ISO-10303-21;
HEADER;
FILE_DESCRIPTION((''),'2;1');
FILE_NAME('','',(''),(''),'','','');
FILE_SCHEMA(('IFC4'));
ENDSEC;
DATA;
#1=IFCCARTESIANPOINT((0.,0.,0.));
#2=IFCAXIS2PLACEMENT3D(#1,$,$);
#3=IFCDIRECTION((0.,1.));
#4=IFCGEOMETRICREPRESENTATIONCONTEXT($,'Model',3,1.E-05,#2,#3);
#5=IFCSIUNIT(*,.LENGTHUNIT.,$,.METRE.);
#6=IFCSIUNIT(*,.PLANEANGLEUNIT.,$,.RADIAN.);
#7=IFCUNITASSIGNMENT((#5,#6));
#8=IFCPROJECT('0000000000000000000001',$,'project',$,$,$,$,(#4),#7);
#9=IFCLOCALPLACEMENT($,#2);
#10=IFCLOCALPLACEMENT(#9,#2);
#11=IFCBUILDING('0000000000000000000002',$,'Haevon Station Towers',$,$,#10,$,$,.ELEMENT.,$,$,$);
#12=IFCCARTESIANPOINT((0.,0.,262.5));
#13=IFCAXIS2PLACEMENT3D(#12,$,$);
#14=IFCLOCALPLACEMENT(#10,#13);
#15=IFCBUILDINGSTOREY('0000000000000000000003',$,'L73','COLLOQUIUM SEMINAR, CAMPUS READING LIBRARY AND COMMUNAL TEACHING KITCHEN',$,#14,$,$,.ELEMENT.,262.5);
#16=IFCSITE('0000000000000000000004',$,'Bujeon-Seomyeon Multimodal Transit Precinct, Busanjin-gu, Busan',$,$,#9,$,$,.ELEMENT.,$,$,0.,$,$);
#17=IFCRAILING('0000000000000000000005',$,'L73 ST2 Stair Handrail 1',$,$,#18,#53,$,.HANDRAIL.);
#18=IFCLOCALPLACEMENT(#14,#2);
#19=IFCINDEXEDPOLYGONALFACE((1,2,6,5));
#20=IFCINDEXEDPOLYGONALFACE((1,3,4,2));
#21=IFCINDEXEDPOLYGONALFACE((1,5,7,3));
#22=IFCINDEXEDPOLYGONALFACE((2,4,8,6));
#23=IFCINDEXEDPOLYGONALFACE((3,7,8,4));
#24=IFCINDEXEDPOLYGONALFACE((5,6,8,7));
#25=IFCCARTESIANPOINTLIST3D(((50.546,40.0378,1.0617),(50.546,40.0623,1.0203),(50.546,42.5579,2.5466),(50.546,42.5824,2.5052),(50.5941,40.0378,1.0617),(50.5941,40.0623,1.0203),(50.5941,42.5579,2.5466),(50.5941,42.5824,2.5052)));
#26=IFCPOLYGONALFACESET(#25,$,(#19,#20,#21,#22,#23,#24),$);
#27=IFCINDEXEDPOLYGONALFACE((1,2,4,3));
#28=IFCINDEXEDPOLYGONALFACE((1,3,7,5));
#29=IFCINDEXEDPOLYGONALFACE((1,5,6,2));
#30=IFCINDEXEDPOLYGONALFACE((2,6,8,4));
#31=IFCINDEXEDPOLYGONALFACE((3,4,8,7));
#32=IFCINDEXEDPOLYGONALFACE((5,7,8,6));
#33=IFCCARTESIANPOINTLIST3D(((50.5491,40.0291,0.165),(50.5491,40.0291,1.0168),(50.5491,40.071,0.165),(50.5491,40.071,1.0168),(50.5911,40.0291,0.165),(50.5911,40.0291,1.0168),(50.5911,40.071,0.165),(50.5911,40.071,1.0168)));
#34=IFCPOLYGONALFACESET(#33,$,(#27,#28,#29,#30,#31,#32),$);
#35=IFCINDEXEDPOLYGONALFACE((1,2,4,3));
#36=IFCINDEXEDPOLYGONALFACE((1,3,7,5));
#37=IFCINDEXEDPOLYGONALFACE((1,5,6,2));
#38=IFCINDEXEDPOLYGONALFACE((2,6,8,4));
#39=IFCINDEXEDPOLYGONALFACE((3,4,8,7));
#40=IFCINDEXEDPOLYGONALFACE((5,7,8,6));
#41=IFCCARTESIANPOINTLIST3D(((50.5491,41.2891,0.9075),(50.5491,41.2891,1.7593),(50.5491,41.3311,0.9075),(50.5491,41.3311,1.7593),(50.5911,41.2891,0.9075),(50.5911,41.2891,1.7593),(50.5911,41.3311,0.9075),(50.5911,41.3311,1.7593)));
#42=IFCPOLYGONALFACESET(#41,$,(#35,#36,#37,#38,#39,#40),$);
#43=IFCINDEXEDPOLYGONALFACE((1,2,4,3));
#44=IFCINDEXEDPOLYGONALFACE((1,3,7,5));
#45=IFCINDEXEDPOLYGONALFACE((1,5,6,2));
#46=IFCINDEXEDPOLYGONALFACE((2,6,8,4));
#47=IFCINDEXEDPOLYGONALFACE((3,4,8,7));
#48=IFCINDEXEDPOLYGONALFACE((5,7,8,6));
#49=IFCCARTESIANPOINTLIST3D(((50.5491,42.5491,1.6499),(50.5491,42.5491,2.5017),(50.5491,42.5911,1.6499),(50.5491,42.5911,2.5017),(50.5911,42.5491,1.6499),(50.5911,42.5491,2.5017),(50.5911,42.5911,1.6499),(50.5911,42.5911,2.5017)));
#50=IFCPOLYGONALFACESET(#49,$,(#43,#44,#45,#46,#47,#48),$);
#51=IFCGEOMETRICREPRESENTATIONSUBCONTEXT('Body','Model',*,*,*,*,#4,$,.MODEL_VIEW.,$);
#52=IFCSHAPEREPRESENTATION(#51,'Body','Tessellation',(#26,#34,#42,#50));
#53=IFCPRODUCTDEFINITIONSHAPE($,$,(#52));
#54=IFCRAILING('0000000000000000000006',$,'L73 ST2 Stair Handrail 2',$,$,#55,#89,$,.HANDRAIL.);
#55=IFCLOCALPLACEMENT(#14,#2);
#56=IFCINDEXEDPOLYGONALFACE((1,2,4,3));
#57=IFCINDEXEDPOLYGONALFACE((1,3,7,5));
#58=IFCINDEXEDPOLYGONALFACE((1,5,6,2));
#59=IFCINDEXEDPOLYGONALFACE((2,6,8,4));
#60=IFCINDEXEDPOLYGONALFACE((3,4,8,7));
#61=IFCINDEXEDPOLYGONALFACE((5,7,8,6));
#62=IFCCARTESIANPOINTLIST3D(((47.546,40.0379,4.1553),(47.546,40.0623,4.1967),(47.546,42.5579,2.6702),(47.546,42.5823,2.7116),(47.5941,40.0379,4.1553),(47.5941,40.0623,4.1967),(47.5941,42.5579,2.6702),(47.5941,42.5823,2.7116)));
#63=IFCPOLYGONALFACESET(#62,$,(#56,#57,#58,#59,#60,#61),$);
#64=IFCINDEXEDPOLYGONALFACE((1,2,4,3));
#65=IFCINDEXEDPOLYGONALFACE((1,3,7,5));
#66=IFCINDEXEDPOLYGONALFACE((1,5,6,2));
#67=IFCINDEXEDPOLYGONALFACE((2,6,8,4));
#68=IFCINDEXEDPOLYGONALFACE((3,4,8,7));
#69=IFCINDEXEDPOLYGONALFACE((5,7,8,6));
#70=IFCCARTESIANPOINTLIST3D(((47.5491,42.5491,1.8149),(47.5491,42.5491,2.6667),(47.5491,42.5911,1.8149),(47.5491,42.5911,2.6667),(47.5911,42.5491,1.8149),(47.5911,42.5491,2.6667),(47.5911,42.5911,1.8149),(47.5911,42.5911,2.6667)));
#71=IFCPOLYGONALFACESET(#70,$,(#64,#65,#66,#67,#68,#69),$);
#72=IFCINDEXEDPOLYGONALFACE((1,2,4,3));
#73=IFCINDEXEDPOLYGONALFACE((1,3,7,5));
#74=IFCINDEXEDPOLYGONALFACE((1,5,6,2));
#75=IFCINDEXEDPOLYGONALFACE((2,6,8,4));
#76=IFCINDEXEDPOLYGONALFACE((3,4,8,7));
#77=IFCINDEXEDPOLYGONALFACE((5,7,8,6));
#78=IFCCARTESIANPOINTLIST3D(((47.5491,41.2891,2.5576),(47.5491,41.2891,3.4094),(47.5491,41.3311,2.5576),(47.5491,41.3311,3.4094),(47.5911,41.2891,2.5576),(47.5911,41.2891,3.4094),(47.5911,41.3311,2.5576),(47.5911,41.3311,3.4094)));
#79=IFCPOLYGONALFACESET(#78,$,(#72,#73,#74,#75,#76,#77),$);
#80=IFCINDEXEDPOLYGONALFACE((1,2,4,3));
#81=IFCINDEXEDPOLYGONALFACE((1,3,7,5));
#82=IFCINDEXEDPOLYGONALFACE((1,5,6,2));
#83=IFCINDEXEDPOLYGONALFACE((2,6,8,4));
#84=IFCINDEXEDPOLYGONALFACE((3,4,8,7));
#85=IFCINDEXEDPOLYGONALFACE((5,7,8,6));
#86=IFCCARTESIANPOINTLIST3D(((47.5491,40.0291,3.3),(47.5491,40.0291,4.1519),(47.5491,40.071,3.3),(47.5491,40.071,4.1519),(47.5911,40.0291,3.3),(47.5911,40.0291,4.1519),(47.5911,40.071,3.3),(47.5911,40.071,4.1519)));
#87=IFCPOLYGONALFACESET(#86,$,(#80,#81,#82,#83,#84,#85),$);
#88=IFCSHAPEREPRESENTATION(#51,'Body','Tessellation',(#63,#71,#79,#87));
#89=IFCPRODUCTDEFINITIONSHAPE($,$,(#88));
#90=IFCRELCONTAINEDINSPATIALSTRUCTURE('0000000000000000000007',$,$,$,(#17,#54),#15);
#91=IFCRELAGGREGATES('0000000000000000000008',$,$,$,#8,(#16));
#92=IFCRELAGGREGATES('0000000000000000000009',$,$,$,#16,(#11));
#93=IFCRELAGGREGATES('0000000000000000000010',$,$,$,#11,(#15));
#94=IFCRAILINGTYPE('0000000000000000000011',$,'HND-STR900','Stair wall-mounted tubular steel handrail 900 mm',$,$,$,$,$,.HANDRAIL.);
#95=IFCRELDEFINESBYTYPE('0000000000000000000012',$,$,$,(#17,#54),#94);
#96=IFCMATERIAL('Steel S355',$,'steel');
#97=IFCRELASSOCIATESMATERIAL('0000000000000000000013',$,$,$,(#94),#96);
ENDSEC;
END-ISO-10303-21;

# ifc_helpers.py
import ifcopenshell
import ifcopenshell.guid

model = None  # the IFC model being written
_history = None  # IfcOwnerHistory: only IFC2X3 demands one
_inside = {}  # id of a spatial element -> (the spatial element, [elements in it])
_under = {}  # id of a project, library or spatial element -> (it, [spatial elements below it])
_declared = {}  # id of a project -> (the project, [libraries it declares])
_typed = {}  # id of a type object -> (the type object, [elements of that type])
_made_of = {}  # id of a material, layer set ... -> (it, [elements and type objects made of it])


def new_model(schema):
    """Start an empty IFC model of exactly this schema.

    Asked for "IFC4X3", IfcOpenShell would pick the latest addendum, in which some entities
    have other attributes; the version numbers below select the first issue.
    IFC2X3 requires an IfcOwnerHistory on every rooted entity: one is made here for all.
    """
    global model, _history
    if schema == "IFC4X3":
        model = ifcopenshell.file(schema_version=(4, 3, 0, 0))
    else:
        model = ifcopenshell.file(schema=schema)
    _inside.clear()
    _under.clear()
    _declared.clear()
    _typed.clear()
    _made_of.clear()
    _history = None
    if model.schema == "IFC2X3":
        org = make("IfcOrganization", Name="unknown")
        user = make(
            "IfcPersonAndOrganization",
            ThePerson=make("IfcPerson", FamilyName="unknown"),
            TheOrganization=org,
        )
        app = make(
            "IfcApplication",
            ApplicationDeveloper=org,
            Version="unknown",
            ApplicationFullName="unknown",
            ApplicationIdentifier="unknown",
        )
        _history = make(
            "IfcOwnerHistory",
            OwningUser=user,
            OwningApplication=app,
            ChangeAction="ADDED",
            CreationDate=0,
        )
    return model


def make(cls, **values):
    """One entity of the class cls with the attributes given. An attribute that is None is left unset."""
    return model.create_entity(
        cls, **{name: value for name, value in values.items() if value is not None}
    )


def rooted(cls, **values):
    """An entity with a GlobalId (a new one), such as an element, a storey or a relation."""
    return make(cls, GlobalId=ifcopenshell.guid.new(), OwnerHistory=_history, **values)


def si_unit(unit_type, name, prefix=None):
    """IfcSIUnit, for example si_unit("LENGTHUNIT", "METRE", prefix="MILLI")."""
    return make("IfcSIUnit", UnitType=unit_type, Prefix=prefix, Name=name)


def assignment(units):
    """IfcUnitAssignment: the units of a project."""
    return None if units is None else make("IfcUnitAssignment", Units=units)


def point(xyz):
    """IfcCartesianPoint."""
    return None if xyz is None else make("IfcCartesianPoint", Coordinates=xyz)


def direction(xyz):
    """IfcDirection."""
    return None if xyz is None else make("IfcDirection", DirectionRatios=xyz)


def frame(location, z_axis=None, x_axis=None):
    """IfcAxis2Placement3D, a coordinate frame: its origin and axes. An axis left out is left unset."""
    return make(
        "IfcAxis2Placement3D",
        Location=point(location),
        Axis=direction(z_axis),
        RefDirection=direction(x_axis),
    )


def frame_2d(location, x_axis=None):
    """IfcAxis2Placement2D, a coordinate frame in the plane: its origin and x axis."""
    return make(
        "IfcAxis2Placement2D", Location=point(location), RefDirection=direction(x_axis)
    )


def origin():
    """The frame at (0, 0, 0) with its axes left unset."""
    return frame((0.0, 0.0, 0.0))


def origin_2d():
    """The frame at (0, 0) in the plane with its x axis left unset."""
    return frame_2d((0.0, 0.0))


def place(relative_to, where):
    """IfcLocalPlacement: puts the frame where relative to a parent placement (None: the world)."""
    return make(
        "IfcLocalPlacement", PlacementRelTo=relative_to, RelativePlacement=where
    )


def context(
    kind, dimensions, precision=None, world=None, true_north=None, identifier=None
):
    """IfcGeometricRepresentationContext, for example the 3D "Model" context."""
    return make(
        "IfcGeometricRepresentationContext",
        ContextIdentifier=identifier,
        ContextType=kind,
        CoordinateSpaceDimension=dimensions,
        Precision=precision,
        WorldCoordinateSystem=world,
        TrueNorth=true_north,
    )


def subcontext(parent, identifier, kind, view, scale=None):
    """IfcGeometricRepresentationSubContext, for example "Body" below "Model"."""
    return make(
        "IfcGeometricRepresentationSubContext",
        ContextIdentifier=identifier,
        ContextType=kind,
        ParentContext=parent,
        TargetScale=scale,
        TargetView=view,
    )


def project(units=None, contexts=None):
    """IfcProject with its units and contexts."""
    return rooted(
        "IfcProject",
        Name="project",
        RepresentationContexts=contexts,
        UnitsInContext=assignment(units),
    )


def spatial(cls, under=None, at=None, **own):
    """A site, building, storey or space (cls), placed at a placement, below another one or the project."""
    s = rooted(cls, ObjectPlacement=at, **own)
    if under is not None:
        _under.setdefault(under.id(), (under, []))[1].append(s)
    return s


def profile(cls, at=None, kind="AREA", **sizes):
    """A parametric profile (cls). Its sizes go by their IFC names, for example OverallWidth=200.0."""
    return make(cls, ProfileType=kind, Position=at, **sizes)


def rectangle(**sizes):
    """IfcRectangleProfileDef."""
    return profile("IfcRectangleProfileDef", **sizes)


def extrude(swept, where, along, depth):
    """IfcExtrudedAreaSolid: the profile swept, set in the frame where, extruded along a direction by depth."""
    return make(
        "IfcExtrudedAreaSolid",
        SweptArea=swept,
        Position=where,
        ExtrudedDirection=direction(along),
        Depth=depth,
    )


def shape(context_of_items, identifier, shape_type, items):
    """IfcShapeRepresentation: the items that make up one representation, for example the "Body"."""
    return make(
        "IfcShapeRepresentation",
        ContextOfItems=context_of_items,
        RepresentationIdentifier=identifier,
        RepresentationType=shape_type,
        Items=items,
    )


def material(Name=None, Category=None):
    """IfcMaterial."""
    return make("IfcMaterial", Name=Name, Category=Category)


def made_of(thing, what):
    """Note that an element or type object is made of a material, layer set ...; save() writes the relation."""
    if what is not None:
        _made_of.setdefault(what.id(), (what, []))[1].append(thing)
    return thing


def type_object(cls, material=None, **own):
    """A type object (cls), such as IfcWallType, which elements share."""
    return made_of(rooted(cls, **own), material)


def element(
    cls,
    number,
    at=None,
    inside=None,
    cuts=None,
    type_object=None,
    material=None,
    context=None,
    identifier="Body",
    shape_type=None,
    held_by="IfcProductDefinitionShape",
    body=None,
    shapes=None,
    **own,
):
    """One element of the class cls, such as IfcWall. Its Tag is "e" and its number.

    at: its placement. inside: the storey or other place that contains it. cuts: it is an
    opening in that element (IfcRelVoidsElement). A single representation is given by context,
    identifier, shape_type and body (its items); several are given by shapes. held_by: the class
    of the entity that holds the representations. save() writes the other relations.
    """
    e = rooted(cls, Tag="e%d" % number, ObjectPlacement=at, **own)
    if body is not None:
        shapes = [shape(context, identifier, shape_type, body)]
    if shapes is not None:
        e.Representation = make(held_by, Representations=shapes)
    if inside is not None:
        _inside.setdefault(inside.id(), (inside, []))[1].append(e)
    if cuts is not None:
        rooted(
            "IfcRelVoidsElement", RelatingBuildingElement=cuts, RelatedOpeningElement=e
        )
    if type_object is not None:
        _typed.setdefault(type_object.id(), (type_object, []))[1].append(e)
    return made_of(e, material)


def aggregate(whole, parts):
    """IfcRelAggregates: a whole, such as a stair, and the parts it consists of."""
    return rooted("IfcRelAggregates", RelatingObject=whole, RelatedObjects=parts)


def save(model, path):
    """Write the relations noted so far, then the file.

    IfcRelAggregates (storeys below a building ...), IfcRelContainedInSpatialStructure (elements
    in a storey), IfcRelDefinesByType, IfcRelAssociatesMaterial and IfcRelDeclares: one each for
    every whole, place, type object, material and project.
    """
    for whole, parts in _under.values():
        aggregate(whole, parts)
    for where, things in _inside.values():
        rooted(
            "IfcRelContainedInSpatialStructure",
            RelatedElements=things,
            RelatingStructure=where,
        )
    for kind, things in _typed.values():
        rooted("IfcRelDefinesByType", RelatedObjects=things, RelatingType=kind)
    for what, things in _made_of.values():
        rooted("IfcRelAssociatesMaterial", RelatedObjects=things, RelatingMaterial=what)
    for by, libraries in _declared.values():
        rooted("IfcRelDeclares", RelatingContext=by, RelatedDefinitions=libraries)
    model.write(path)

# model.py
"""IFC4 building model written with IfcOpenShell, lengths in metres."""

from ifc_helpers import new_model, si_unit, direction, frame, origin, origin_2d, place, context, subcontext, project, spatial, rectangle, extrude, material, type_object, element, save


model = new_model("IFC4")

# Units and contexts
model_context = context("Model", 3, precision=1e-05, world=origin(), true_north=direction((0.0, 1.0)))
body_context = subcontext(model_context, "Body", "Model", "MODEL_VIEW")
ifc_project = project(units=[si_unit("LENGTHUNIT", "METRE"), si_unit("PLANEANGLEUNIT", "RADIAN")], contexts=[model_context])

# Site, building, storey
site_placement = place(None, origin())
site = spatial("IfcSite", under=ifc_project, at=site_placement, Name="Bujeon-Seomyeon Multimodal Transit Precinct, Busanjin-gu, Busan", CompositionType="ELEMENT", RefElevation=0.0)
building_placement = place(site_placement, origin())
building = spatial("IfcBuilding", under=site, at=building_placement, Name="Haevon Station Towers", CompositionType="ELEMENT")
storey_placement = place(building_placement, frame((0.0, 0.0, 262.5)))
storey = spatial("IfcBuildingStorey", under=building, at=storey_placement, Name="L73", Description="COLLOQUIUM SEMINAR, CAMPUS READING LIBRARY AND COMMUNAL TEACHING KITCHEN", CompositionType="ELEMENT", Elevation=262.5)

# Shared definitions
ifc_material_1 = material(Name="Steel S355", Category="steel")

# Railings
railing_type_1 = type_object("IfcRailingType", Name="HND-STR900", Description="Stair wall-mounted tubular steel handrail 900 mm", PredefinedType="HANDRAIL", material=ifc_material_1)
railing_1_placement = place(storey_placement, frame((50.5701, 40.05, 0.165)))
element("IfcRailing", 1, at=railing_1_placement, inside=storey, type_object=railing_type_1, Name="L73 ST2 Stair Handrail 1", PredefinedType="HANDRAIL", context=body_context, shape_type="SweptSolid", body=[
    extrude(rectangle(XDim=0.0481, YDim=0.0481, at=origin_2d()), frame((0.0, 0.0, 0.876), z_axis=(0.0, 0.861561, 0.507655), x_axis=(-1.0, 0.0, 0.0)), (0.0, 0.0, 1.0), 2.925),
    extrude(rectangle(XDim=0.042, YDim=0.042, at=origin_2d()), origin(), (0.0, 0.0, 1.0), 0.8518),
    extrude(rectangle(XDim=0.042, YDim=0.042, at=origin_2d()), frame((0.0, 1.26, 0.7424)), (0.0, 0.0, 1.0), 0.8518),
    extrude(rectangle(XDim=0.042, YDim=0.042, at=origin_2d()), frame((0.0, 2.52, 1.4849)), (0.0, 0.0, 1.0), 0.8518),
])
railing_2_placement = place(storey_placement, frame((47.5701, 42.5701, 1.8149)))
element("IfcRailing", 2, at=railing_2_placement, inside=storey, type_object=railing_type_1, Name="L73 ST2 Stair Handrail 2", PredefinedType="HANDRAIL", context=body_context, shape_type="SweptSolid", body=[
    extrude(rectangle(XDim=0.0481, YDim=0.0481, at=origin_2d()), frame((0.0, 0.0, 0.876), z_axis=(0.0, -0.861524, 0.507717), x_axis=(1.0, 0.0, 0.0)), (0.0, 0.0, 1.0), 2.925),
    extrude(rectangle(XDim=0.042, YDim=0.042, at=origin_2d()), origin(), (0.0, 0.0, 1.0), 0.8518),
    extrude(rectangle(XDim=0.042, YDim=0.042, at=origin_2d()), frame((0.0, -1.26, 0.7427)), (0.0, 0.0, 1.0), 0.8518),
    extrude(rectangle(XDim=0.042, YDim=0.042, at=origin_2d()), frame((0.0, -2.52, 1.4851)), (0.0, 0.0, 1.0), 0.8518),
])

save(model, "model.ifc")
